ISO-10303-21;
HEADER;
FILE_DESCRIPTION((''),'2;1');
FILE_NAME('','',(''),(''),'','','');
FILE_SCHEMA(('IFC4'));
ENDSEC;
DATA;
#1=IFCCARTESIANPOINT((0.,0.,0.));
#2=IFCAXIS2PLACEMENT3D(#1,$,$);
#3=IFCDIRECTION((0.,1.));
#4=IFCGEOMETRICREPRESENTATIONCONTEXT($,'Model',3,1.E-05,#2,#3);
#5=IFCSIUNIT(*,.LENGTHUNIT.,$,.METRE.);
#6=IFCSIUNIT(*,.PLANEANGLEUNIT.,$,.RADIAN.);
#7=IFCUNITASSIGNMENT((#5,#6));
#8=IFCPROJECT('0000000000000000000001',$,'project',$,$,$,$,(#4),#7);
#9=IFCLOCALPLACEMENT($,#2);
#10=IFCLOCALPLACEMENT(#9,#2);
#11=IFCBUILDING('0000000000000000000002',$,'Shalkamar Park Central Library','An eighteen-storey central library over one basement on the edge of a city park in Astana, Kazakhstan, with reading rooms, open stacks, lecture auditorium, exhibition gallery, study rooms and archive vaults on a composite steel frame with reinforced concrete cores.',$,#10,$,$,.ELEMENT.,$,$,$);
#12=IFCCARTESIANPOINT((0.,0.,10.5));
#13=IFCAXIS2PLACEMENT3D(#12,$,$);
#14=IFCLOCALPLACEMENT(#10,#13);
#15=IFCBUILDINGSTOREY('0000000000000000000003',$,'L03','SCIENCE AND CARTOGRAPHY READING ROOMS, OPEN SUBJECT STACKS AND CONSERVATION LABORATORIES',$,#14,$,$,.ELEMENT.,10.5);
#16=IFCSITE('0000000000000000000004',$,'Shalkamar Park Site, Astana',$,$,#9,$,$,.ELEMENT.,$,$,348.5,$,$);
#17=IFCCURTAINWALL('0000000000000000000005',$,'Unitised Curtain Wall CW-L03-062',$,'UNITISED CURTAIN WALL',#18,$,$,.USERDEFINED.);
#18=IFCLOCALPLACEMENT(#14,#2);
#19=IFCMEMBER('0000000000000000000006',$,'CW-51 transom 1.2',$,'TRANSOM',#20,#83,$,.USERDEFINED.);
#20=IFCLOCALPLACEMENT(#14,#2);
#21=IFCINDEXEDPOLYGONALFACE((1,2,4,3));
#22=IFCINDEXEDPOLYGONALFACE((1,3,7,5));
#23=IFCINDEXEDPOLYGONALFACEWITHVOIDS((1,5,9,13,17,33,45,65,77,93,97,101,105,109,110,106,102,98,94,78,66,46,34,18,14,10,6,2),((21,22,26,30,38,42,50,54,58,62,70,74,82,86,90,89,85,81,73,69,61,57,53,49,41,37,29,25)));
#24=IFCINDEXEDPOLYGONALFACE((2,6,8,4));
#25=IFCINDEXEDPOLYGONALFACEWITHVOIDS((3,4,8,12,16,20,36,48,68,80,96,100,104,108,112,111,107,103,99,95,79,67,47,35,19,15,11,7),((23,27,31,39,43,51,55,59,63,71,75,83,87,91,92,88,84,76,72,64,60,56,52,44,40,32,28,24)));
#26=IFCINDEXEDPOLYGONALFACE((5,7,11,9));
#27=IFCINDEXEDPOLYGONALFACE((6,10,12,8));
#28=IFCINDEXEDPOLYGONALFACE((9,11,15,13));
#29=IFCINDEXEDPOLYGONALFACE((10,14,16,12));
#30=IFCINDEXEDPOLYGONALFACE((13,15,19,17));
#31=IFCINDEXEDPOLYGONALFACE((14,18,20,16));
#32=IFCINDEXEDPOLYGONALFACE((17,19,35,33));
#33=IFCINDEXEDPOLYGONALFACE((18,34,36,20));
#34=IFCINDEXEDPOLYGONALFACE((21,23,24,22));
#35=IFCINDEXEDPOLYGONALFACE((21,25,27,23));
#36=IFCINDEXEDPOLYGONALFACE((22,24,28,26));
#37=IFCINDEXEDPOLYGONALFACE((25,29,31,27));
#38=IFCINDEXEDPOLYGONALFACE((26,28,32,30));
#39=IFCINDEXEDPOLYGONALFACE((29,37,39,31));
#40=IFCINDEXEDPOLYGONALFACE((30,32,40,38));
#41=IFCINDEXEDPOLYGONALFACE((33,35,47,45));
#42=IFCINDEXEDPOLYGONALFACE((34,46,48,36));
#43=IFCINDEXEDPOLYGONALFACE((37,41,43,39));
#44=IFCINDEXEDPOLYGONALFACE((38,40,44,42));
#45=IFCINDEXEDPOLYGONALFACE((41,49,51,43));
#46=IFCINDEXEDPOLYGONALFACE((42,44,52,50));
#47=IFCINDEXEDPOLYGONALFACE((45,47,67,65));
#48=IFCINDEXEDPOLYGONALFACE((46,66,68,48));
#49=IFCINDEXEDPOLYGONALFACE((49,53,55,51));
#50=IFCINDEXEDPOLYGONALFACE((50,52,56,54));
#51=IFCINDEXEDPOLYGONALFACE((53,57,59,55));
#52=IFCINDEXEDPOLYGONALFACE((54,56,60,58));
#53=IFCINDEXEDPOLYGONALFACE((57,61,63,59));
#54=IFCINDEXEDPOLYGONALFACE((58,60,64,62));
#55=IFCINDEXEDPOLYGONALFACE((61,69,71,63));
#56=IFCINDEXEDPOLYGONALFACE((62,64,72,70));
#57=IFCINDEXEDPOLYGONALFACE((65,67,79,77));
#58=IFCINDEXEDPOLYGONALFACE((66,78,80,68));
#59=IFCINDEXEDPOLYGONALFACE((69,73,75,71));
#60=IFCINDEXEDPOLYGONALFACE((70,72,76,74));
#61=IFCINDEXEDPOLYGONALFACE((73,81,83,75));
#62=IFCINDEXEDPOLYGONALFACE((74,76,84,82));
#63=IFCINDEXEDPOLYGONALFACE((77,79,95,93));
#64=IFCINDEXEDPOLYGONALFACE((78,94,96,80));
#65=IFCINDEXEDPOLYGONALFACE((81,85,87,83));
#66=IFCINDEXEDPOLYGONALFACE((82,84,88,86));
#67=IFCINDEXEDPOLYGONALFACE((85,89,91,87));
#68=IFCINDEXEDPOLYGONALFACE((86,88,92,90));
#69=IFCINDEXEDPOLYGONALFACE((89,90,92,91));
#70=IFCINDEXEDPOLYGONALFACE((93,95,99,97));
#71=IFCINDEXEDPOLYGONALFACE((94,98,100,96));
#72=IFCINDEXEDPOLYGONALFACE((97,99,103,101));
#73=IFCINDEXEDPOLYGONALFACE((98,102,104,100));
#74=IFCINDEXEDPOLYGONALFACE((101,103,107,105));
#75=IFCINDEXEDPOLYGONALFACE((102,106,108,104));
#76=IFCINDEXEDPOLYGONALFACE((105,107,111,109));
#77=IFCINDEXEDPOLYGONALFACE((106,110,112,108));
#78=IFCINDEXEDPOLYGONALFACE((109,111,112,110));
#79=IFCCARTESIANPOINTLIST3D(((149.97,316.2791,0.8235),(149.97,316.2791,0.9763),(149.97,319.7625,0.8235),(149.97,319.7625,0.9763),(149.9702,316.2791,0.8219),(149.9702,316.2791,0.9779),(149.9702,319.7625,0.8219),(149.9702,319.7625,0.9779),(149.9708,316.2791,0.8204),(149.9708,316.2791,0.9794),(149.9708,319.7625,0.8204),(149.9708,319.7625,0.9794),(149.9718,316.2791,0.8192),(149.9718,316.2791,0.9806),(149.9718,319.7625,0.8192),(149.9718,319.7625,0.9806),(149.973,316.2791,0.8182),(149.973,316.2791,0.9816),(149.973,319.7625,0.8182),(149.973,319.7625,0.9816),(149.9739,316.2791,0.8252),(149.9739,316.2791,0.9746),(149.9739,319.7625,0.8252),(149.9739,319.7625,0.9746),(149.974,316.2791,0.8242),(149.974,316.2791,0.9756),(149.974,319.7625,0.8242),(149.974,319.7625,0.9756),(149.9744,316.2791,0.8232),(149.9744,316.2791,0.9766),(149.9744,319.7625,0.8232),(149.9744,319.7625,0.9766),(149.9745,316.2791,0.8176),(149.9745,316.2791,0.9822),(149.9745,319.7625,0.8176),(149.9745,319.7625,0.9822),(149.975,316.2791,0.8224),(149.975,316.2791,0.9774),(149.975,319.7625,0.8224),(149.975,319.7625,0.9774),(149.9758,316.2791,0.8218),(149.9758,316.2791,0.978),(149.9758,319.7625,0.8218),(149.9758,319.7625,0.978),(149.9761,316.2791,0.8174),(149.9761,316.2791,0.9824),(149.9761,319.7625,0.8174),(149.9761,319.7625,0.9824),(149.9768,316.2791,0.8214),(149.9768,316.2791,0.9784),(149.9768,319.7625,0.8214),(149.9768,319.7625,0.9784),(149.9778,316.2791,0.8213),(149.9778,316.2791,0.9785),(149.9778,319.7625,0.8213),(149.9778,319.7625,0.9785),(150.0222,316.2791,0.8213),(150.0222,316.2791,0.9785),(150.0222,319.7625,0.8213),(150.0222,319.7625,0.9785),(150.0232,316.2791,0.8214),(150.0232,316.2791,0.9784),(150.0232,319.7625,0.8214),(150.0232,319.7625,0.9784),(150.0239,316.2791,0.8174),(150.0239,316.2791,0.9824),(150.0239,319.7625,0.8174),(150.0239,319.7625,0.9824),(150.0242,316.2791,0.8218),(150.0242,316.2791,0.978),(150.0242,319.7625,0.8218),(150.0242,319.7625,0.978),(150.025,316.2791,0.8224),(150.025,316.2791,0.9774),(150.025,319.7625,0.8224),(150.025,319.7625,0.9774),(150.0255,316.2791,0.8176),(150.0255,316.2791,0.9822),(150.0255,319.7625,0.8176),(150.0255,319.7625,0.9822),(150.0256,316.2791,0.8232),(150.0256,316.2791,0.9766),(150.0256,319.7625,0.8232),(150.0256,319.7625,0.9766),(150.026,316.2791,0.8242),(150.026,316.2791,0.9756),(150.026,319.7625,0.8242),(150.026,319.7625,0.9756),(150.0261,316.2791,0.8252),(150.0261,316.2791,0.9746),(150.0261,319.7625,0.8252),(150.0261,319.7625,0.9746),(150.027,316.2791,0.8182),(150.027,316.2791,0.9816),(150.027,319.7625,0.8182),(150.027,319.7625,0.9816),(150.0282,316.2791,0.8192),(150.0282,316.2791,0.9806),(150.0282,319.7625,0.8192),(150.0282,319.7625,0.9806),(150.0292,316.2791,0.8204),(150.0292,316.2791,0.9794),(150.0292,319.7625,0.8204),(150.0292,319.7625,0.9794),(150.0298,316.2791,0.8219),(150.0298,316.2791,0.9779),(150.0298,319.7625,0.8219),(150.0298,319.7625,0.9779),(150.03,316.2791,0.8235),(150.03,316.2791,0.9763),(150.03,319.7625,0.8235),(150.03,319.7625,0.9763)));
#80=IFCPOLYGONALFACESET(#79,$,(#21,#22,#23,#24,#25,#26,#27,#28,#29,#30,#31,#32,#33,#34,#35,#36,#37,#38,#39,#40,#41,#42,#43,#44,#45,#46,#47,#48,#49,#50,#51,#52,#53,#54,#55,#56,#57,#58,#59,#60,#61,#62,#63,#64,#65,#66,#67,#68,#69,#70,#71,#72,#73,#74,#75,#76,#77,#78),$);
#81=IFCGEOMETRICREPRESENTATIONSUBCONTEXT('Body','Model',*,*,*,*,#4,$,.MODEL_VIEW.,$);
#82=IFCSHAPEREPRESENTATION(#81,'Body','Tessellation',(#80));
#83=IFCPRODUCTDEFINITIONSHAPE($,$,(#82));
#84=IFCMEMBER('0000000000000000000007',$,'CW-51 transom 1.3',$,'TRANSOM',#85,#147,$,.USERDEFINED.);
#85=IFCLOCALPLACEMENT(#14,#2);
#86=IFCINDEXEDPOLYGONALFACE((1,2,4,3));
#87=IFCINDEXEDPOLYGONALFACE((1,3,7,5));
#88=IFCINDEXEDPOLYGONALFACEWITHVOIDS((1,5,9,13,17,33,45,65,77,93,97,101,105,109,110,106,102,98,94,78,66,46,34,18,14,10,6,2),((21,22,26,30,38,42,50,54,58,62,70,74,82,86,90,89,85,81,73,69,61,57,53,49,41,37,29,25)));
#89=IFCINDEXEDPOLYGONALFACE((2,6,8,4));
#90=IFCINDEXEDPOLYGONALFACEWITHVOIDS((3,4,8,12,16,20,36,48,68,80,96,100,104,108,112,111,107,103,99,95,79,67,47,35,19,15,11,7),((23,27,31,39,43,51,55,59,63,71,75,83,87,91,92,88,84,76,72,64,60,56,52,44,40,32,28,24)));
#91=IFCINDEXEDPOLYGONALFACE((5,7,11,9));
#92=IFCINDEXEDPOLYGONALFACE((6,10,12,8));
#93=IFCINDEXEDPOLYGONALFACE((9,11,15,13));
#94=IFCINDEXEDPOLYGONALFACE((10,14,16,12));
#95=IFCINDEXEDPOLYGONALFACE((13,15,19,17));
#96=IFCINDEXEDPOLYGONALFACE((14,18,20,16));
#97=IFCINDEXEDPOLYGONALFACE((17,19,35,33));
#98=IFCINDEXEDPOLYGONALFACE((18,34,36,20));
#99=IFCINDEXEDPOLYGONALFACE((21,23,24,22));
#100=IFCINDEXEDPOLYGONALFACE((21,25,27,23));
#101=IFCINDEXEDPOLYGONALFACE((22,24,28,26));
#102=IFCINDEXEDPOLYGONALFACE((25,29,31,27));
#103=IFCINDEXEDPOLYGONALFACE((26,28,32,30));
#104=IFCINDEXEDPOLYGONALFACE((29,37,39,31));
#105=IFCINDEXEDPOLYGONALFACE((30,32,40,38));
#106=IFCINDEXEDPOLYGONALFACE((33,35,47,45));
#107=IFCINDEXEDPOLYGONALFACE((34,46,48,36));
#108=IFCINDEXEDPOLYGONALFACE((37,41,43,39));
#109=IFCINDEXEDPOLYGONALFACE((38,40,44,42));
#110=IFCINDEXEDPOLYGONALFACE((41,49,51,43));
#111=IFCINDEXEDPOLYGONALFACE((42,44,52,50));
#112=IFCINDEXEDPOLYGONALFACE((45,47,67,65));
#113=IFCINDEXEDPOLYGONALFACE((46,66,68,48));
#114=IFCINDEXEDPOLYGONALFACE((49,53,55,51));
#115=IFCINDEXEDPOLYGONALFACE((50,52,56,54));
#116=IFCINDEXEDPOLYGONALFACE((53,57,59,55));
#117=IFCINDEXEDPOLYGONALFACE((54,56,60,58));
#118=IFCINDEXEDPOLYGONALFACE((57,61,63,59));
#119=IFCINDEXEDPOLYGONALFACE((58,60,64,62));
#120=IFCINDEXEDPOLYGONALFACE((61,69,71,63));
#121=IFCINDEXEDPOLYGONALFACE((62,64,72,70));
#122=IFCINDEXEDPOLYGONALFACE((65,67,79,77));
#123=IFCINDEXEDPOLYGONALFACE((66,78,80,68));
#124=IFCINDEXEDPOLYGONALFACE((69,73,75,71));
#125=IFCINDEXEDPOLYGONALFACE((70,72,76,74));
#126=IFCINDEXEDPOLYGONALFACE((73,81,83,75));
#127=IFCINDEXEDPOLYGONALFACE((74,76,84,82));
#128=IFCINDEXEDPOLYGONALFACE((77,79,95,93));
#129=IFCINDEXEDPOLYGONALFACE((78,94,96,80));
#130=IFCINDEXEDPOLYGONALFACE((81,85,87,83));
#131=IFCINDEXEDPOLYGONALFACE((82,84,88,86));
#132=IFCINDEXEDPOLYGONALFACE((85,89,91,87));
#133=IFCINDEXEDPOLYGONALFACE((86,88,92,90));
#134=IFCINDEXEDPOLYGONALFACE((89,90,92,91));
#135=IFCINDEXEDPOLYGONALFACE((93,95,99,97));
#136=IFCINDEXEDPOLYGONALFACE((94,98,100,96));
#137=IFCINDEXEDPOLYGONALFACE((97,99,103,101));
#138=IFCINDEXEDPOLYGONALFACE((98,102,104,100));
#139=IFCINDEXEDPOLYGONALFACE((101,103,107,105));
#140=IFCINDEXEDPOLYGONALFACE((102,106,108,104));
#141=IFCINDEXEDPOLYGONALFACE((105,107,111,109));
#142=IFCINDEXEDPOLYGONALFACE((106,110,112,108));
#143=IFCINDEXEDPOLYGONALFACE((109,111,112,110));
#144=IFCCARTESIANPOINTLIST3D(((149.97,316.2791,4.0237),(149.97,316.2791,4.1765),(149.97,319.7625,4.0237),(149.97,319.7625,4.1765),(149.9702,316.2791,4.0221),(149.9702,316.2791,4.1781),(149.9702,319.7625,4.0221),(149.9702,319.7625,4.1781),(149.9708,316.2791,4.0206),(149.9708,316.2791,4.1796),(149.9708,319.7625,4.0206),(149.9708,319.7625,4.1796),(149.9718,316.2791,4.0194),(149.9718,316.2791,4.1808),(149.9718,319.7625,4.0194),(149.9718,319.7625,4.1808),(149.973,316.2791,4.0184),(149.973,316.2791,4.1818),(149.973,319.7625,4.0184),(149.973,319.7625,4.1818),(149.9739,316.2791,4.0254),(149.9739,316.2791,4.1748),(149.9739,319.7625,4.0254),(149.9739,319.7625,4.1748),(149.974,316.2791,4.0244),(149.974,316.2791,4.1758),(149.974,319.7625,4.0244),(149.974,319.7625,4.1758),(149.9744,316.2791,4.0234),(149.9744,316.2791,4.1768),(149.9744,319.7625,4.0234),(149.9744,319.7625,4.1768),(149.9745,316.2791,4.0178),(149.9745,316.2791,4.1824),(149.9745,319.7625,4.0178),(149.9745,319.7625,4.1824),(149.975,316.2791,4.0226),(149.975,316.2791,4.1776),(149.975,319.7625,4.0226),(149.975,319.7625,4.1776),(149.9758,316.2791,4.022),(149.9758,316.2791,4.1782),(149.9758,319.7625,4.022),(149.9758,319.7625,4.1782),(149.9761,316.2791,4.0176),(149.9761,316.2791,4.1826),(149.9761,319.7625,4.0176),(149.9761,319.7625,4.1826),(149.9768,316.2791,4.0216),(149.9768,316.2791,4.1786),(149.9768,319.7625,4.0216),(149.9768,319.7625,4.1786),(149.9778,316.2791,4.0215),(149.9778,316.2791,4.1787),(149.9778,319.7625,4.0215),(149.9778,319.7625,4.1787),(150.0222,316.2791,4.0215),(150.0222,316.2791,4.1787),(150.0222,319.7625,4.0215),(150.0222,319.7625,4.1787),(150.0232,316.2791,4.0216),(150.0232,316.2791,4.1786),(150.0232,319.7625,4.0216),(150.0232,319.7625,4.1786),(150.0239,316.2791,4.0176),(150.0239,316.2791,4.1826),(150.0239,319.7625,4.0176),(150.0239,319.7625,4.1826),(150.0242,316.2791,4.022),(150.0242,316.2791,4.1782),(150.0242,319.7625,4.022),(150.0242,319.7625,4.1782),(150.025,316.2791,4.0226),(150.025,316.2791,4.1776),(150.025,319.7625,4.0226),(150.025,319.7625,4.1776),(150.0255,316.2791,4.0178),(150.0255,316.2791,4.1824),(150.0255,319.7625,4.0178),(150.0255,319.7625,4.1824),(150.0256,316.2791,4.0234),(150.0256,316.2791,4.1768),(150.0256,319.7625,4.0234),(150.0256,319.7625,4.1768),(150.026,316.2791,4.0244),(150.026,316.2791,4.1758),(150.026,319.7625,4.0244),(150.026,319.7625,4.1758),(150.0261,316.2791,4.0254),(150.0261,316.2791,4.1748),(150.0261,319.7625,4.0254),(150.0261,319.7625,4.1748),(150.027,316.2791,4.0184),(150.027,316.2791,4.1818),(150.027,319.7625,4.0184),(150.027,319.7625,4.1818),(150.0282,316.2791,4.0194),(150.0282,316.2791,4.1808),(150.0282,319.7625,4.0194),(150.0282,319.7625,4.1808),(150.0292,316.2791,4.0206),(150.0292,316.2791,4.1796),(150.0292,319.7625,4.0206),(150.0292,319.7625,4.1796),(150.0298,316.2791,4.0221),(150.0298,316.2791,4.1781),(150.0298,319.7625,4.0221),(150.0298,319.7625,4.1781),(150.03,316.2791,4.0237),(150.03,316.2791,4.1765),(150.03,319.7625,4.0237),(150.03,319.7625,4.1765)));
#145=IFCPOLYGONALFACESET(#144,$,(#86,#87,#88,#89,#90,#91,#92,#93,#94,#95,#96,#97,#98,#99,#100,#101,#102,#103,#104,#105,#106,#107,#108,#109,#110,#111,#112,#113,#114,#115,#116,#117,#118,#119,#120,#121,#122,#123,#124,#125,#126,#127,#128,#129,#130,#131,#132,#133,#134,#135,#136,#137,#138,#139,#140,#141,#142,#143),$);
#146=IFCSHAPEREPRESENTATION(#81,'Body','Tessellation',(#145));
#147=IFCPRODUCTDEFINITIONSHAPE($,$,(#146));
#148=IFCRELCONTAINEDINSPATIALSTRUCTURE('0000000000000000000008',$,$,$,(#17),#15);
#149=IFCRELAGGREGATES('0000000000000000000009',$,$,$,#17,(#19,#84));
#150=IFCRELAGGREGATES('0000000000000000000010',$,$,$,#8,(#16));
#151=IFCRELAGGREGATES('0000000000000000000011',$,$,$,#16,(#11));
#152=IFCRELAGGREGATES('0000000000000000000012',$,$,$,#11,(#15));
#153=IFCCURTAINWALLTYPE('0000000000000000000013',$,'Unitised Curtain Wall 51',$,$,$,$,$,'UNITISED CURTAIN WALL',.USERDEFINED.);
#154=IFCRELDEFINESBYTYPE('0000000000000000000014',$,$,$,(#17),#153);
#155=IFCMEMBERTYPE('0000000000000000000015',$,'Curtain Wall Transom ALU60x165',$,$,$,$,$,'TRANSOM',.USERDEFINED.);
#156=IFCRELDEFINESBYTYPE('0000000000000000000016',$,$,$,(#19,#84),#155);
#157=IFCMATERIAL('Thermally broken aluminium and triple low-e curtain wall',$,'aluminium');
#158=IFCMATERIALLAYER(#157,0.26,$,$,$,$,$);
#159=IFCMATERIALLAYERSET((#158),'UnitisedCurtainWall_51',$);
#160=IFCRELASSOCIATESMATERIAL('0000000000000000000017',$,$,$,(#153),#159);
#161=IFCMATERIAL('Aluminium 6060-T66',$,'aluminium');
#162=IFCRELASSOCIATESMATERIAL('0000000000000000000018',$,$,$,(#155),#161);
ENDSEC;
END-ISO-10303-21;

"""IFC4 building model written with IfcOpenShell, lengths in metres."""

from ifc_helpers import new_model, si_unit, direction, frame, origin, origin_2d, place, context, subcontext, project, spatial, hollow_rectangle, extrude, material, layer, layer_set, material_profile, profile_set, type_object, element, aggregate, save


model = new_model("IFC4")

# Units and contexts
model_context = context("Model", 3, precision=1e-05, world=origin(), true_north=direction((0.0, 1.0)))
body_context = subcontext(model_context, "Body", "Model", "MODEL_VIEW")
ifc_project = project(units=[si_unit("LENGTHUNIT", "METRE"), si_unit("PLANEANGLEUNIT", "RADIAN")], contexts=[model_context])

# Site, building, storey
site_placement = place(None, origin())
site = spatial("IfcSite", under=ifc_project, at=site_placement, Name="Shalkamar Park Site, Astana", CompositionType="ELEMENT", RefElevation=348.5)
building_placement = place(site_placement, origin())
building = spatial("IfcBuilding", under=site, at=building_placement, Name="Shalkamar Park Central Library", Description="An eighteen-storey central library over one basement on the edge of a city park in Astana, Kazakhstan, with reading rooms, open stacks, lecture auditorium, exhibition gallery, study rooms and archive vaults on a composite steel frame with reinforced concrete cores.", CompositionType="ELEMENT")
storey_placement = place(building_placement, frame((0.0, 0.0, 10.5)))
storey = spatial("IfcBuildingStorey", under=building, at=storey_placement, Name="L03", Description="SCIENCE AND CARTOGRAPHY READING ROOMS, OPEN SUBJECT STACKS AND CONSERVATION LABORATORIES", CompositionType="ELEMENT", Elevation=10.5)

# Curtain wall, members
ifc_material_1 = material(Name="Thermally broken aluminium and triple low-e curtain wall", Category="aluminium")
ifc_layer_1 = layer(ifc_material_1, 0.26)
ifc_layer_set_1 = layer_set([ifc_layer_1], Name="UnitisedCurtainWall_51")
curtain_wall_type = type_object("IfcCurtainWallType", Name="Unitised Curtain Wall 51", ElementType="UNITISED CURTAIN WALL", PredefinedType="USERDEFINED", material=ifc_layer_set_1)
curtain_wall_placement = place(storey_placement, origin())
curtain_wall = element("IfcCurtainWall", 1, at=curtain_wall_placement, inside=storey, type_object=curtain_wall_type, Name="Unitised Curtain Wall CW-L03-062", ObjectType="UNITISED CURTAIN WALL", PredefinedType="USERDEFINED")
ifc_material_2 = material(Name="Aluminium 6060-T66", Category="aluminium")
ifc_material_profile_1 = material_profile(ifc_material_2, hollow_rectangle(XDim=0.0601, YDim=0.165, WallThickness=0.0039, InnerFilletRadius=0.0039, OuterFilletRadius=0.0061, at=origin_2d()), Name="ALU 60x165x4")
ifc_profile_set_1 = profile_set([ifc_material_profile_1], Name="Aluminium 6060-T66")
member_type_1 = type_object("IfcMemberType", Name="Curtain Wall Transom ALU60x165", ElementType="TRANSOM", PredefinedType="USERDEFINED", material=ifc_profile_set_1)
member_1_placement = place(storey_placement, frame((150.0, 316.2791, 0.8999), z_axis=(0.0, 1.0, 0.0), x_axis=(-1.0, 0.0, 0.0)))
member_1 = element("IfcMember", 2, at=member_1_placement, type_object=member_type_1, Name="CW-51 transom 1.2", ObjectType="TRANSOM", PredefinedType="USERDEFINED", context=body_context, shape_type="SweptSolid", body=[
    extrude(hollow_rectangle(XDim=0.0601, YDim=0.165, WallThickness=0.0039, InnerFilletRadius=0.0039, OuterFilletRadius=0.0061, at=origin_2d()), origin(), (0.0, 0.0, 1.0), 3.4834),
])
member_2_placement = place(storey_placement, frame((150.0, 316.2791, 4.1001), z_axis=(0.0, 1.0, 0.0), x_axis=(-1.0, 0.0, 0.0)))
member_2 = element("IfcMember", 3, at=member_2_placement, type_object=member_type_1, Name="CW-51 transom 1.3", ObjectType="TRANSOM", PredefinedType="USERDEFINED", context=body_context, shape_type="SweptSolid", body=[
    extrude(hollow_rectangle(XDim=0.0601, YDim=0.165, WallThickness=0.0039, InnerFilletRadius=0.0039, OuterFilletRadius=0.0061, at=origin_2d()), origin(), (0.0, 0.0, 1.0), 3.4834),
])
aggregate(curtain_wall, [member_1, member_2])

save(model, "model.ifc")
